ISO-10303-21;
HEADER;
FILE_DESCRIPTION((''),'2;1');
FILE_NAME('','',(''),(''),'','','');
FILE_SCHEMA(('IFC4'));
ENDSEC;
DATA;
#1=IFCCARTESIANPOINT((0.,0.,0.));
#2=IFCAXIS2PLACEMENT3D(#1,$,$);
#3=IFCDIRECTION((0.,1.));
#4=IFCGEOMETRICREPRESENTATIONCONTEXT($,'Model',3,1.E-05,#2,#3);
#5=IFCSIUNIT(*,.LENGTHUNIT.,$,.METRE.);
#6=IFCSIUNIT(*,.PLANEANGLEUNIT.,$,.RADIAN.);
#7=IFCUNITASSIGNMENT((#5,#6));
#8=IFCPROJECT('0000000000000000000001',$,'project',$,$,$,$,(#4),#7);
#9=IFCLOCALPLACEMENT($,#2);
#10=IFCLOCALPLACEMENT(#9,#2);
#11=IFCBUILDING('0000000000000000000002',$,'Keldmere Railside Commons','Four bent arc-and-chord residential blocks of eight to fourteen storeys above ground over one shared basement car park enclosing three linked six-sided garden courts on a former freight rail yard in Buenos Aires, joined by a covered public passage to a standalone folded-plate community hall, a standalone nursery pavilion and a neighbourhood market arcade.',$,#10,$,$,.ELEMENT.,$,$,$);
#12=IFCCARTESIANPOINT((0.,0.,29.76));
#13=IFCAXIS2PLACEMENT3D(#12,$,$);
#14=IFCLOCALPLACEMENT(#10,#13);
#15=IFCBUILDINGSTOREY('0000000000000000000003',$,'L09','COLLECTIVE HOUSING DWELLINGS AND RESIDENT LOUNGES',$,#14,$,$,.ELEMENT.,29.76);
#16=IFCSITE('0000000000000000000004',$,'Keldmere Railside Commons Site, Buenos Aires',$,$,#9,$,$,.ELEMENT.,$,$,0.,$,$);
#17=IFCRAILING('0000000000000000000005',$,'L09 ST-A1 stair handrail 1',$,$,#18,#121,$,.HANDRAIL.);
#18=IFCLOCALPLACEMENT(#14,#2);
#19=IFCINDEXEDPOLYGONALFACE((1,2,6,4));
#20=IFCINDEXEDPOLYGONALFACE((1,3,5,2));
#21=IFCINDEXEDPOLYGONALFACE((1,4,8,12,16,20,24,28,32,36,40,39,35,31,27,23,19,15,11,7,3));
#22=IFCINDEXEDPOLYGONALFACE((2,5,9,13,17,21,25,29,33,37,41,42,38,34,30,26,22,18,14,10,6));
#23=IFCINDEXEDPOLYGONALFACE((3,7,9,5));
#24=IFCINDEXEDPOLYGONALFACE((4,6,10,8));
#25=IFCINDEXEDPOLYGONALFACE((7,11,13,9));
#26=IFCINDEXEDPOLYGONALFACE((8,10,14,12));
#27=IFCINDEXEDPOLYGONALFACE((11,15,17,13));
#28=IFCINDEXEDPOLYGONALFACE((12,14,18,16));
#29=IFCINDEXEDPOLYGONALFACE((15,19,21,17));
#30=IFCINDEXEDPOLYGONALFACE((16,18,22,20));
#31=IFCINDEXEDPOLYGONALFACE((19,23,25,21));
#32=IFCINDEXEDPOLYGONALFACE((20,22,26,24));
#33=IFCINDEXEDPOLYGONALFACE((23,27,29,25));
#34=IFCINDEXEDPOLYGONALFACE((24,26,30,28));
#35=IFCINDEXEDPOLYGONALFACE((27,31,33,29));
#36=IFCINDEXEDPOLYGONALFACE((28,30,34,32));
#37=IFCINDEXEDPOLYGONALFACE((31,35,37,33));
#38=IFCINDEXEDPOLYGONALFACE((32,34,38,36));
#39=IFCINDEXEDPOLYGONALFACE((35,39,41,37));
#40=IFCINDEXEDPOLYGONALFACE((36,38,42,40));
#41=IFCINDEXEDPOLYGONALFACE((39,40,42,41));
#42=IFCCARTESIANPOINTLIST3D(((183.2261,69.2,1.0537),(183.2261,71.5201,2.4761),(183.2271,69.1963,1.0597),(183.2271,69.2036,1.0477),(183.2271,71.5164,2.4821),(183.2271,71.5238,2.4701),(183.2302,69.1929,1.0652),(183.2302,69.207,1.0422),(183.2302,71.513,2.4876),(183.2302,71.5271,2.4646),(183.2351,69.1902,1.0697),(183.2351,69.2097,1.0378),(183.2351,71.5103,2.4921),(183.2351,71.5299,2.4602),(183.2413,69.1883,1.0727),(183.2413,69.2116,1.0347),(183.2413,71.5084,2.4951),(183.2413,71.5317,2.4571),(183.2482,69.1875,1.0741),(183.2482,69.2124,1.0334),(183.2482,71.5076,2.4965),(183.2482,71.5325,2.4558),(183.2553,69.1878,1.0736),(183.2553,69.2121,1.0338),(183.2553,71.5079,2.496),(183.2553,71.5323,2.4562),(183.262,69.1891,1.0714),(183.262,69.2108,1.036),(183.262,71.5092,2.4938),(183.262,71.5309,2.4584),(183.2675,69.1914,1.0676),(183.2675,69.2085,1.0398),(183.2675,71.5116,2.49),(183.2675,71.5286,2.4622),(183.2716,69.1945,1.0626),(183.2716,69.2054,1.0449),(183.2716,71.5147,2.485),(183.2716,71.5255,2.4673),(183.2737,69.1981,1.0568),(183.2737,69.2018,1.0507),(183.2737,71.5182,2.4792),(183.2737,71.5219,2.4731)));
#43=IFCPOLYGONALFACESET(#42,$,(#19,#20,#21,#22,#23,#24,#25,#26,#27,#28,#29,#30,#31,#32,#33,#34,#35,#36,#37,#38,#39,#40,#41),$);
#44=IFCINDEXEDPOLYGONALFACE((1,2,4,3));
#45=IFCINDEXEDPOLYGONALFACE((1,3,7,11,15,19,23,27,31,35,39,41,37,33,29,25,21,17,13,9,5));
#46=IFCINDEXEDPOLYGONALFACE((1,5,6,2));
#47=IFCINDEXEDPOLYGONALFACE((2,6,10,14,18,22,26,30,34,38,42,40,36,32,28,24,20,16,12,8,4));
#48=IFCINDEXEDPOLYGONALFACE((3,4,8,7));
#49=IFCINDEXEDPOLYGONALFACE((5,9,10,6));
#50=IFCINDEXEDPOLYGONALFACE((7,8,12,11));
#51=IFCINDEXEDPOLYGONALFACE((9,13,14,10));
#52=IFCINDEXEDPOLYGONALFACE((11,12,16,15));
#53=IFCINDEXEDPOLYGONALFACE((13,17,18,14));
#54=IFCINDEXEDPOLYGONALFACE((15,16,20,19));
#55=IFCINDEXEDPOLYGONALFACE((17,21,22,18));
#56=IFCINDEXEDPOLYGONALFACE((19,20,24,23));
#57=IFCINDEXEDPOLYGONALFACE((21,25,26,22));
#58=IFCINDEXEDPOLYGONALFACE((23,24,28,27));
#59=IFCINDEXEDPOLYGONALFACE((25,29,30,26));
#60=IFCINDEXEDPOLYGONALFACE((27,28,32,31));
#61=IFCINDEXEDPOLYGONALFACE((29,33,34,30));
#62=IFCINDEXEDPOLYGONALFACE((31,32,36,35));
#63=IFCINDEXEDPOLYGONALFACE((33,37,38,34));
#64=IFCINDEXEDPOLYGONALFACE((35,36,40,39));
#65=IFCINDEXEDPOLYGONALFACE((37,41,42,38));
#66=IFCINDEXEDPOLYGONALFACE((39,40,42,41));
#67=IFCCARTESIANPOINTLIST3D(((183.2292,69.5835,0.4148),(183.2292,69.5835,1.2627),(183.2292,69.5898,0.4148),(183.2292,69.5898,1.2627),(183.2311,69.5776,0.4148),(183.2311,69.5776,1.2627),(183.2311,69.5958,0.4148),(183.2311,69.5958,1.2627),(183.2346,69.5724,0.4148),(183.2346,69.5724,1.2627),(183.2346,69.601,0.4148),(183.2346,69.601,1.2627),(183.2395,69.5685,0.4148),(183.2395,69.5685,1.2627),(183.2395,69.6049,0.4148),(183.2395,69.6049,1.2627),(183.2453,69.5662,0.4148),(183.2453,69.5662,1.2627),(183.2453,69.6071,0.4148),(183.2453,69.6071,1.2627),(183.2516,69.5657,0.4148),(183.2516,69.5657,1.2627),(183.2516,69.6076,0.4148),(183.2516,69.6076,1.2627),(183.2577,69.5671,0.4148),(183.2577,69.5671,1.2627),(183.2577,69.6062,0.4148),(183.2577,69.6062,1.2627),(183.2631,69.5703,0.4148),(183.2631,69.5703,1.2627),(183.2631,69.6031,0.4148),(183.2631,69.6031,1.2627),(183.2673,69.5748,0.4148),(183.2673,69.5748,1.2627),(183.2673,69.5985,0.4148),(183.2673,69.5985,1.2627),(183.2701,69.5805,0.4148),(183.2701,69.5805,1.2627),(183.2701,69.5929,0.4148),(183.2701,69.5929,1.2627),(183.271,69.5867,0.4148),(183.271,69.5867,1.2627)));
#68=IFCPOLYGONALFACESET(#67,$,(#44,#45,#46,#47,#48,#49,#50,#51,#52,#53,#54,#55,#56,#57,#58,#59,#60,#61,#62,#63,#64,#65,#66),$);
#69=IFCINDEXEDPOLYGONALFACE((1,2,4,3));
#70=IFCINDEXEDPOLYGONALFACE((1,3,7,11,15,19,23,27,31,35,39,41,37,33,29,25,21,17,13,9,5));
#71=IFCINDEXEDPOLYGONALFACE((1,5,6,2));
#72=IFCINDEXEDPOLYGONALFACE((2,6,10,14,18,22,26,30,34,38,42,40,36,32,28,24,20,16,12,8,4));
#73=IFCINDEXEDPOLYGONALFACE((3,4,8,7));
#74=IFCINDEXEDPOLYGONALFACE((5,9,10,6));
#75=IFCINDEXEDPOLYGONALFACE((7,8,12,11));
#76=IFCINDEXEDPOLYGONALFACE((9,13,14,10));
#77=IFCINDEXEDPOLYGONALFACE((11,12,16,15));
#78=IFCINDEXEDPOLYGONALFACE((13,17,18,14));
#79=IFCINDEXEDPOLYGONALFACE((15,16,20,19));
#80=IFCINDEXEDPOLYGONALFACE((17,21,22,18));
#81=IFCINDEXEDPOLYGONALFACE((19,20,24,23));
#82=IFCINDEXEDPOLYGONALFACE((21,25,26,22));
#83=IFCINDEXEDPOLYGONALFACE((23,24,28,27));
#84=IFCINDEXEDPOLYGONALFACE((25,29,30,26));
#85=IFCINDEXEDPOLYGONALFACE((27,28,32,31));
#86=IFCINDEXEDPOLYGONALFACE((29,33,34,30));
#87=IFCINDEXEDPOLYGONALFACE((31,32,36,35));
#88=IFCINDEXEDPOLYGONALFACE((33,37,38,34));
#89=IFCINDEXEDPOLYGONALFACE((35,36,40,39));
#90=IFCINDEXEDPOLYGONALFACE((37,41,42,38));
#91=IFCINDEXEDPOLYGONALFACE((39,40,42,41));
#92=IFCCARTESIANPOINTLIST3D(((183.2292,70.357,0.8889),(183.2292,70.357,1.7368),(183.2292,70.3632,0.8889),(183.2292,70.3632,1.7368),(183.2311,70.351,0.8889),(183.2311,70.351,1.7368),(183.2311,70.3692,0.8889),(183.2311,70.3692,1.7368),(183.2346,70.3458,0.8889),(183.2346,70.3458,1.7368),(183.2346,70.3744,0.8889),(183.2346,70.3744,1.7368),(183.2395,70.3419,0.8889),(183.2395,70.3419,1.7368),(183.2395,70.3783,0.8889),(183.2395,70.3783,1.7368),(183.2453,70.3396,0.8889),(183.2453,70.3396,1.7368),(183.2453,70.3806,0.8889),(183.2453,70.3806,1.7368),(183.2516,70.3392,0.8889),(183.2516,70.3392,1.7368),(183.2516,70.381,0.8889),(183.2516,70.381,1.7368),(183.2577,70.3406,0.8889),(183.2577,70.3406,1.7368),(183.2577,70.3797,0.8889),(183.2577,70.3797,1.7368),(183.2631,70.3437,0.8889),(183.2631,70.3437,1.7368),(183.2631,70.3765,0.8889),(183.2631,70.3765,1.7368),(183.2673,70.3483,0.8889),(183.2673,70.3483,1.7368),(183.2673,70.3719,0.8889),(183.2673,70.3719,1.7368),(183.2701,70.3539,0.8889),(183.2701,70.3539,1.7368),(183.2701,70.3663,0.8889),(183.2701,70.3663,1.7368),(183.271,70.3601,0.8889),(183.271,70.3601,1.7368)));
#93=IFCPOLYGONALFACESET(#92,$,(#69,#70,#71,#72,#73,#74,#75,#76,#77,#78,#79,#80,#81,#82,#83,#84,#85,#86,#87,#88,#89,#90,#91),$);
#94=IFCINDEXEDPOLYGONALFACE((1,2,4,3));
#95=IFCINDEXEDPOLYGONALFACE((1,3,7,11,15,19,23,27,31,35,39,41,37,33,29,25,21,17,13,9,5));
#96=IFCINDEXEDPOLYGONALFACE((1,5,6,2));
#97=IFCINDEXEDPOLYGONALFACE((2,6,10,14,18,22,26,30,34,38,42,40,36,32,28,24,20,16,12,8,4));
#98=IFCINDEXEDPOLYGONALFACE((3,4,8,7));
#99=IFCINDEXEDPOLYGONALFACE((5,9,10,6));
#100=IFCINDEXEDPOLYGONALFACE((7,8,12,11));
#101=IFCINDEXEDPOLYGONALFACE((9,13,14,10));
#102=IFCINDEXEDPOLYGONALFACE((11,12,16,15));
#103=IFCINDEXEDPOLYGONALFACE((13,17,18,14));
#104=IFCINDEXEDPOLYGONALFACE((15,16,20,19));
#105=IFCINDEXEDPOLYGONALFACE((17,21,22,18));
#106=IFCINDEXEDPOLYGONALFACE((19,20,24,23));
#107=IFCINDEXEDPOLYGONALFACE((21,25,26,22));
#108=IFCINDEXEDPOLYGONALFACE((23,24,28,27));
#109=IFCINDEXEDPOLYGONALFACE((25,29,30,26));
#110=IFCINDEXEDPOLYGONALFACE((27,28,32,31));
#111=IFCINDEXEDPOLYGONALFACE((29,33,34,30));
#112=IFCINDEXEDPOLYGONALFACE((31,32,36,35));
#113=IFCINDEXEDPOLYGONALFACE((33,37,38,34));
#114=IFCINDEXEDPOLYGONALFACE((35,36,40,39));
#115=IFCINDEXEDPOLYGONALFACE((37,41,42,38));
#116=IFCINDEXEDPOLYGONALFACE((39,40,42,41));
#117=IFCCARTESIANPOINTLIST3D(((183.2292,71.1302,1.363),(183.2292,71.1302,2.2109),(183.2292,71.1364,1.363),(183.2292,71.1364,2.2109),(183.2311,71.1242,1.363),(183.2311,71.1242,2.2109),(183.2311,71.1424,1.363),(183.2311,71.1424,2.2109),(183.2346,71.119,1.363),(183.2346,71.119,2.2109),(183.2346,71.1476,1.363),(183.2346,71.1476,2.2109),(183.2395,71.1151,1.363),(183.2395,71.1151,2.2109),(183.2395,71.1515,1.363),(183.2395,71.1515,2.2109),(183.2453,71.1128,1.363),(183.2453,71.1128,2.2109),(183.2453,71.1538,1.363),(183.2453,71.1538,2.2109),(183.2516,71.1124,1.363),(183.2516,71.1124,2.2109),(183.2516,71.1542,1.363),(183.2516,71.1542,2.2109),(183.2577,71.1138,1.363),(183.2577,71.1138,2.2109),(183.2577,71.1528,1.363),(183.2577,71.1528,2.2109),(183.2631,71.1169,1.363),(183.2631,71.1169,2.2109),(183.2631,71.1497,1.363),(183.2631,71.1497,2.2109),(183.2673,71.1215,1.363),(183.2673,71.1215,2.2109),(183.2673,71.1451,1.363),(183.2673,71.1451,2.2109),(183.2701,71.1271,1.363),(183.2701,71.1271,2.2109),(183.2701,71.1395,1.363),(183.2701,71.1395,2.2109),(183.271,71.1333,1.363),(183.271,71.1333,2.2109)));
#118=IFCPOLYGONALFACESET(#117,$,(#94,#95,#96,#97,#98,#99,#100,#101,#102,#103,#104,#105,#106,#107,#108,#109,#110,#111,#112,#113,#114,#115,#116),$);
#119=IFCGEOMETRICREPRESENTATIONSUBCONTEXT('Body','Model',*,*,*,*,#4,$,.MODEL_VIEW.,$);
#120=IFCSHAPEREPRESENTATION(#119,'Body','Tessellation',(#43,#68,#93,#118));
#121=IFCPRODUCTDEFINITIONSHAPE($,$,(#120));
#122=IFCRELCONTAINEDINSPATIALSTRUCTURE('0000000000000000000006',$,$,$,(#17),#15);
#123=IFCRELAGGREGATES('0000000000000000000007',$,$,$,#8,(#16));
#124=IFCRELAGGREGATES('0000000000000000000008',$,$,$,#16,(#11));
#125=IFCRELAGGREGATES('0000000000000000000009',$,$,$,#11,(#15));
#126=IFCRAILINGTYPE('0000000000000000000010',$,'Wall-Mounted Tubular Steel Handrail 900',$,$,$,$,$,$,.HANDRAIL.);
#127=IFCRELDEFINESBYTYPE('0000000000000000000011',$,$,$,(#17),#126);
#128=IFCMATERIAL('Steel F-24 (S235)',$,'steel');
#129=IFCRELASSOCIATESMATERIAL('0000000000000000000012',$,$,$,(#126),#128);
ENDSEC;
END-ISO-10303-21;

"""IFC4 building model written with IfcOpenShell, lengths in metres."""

from ifc_helpers import new_model, si_unit, direction, frame, origin, origin_2d, place, context, subcontext, project, spatial, circle, extrude, material, type_object, element, save


model = new_model("IFC4")

# Units and contexts
model_context = context("Model", 3, precision=1e-05, world=origin(), true_north=direction((0.0, 1.0)))
body_context = subcontext(model_context, "Body", "Model", "MODEL_VIEW")
ifc_project = project(units=[si_unit("LENGTHUNIT", "METRE"), si_unit("PLANEANGLEUNIT", "RADIAN")], contexts=[model_context])

# Site, building, storey
site_placement = place(None, origin())
site = spatial("IfcSite", under=ifc_project, at=site_placement, Name="Keldmere Railside Commons Site, Buenos Aires", CompositionType="ELEMENT", RefElevation=0.0)
building_placement = place(site_placement, origin())
building = spatial("IfcBuilding", under=site, at=building_placement, Name="Keldmere Railside Commons", Description="Four bent arc-and-chord residential blocks of eight to fourteen storeys above ground over one shared basement car park enclosing three linked six-sided garden courts on a former freight rail yard in Buenos Aires, joined by a covered public passage to a standalone folded-plate community hall, a standalone nursery pavilion and a neighbourhood market arcade.", CompositionType="ELEMENT")
storey_placement = place(building_placement, frame((0.0, 0.0, 29.76)))
storey = spatial("IfcBuildingStorey", under=building, at=storey_placement, Name="L09", Description="COLLECTIVE HOUSING DWELLINGS AND RESIDENT LOUNGES", CompositionType="ELEMENT", Elevation=29.76)

# Shared definitions
ifc_material_1 = material(Name="Steel F-24 (S235)", Category="steel")

# Railing
railing_type_1 = type_object("IfcRailingType", Name="Wall-Mounted Tubular Steel Handrail 900", PredefinedType="HANDRAIL", material=ifc_material_1)
railing_1_placement = place(storey_placement, frame((183.25, 69.2, 0.1777)))
element("IfcRailing", 1, at=railing_1_placement, inside=storey, type_object=railing_type_1, Name="L09 ST-A1 stair handrail 1", PredefinedType="HANDRAIL", context=body_context, shape_type="SweptSolid", body=[
    extrude(circle(Radius=0.0239, at=origin_2d()), frame((0.0, 0.0, 0.876), z_axis=(0.0, 0.852538, 0.522665), x_axis=(-1.0, 0.0, 0.0)), (0.0, 0.0, 1.0), 2.7214),
    extrude(circle(Radius=0.021, at=origin_2d()), frame((0.0, 0.3867, 0.2371)), (0.0, 0.0, 1.0), 0.8479),
    extrude(circle(Radius=0.021, at=origin_2d()), frame((0.0, 1.1602, 0.7112)), (0.0, 0.0, 1.0), 0.8479),
    extrude(circle(Radius=0.021, at=origin_2d()), frame((0.0, 1.9333, 1.1853)), (0.0, 0.0, 1.0), 0.8479),
])

save(model, "model.ifc")
